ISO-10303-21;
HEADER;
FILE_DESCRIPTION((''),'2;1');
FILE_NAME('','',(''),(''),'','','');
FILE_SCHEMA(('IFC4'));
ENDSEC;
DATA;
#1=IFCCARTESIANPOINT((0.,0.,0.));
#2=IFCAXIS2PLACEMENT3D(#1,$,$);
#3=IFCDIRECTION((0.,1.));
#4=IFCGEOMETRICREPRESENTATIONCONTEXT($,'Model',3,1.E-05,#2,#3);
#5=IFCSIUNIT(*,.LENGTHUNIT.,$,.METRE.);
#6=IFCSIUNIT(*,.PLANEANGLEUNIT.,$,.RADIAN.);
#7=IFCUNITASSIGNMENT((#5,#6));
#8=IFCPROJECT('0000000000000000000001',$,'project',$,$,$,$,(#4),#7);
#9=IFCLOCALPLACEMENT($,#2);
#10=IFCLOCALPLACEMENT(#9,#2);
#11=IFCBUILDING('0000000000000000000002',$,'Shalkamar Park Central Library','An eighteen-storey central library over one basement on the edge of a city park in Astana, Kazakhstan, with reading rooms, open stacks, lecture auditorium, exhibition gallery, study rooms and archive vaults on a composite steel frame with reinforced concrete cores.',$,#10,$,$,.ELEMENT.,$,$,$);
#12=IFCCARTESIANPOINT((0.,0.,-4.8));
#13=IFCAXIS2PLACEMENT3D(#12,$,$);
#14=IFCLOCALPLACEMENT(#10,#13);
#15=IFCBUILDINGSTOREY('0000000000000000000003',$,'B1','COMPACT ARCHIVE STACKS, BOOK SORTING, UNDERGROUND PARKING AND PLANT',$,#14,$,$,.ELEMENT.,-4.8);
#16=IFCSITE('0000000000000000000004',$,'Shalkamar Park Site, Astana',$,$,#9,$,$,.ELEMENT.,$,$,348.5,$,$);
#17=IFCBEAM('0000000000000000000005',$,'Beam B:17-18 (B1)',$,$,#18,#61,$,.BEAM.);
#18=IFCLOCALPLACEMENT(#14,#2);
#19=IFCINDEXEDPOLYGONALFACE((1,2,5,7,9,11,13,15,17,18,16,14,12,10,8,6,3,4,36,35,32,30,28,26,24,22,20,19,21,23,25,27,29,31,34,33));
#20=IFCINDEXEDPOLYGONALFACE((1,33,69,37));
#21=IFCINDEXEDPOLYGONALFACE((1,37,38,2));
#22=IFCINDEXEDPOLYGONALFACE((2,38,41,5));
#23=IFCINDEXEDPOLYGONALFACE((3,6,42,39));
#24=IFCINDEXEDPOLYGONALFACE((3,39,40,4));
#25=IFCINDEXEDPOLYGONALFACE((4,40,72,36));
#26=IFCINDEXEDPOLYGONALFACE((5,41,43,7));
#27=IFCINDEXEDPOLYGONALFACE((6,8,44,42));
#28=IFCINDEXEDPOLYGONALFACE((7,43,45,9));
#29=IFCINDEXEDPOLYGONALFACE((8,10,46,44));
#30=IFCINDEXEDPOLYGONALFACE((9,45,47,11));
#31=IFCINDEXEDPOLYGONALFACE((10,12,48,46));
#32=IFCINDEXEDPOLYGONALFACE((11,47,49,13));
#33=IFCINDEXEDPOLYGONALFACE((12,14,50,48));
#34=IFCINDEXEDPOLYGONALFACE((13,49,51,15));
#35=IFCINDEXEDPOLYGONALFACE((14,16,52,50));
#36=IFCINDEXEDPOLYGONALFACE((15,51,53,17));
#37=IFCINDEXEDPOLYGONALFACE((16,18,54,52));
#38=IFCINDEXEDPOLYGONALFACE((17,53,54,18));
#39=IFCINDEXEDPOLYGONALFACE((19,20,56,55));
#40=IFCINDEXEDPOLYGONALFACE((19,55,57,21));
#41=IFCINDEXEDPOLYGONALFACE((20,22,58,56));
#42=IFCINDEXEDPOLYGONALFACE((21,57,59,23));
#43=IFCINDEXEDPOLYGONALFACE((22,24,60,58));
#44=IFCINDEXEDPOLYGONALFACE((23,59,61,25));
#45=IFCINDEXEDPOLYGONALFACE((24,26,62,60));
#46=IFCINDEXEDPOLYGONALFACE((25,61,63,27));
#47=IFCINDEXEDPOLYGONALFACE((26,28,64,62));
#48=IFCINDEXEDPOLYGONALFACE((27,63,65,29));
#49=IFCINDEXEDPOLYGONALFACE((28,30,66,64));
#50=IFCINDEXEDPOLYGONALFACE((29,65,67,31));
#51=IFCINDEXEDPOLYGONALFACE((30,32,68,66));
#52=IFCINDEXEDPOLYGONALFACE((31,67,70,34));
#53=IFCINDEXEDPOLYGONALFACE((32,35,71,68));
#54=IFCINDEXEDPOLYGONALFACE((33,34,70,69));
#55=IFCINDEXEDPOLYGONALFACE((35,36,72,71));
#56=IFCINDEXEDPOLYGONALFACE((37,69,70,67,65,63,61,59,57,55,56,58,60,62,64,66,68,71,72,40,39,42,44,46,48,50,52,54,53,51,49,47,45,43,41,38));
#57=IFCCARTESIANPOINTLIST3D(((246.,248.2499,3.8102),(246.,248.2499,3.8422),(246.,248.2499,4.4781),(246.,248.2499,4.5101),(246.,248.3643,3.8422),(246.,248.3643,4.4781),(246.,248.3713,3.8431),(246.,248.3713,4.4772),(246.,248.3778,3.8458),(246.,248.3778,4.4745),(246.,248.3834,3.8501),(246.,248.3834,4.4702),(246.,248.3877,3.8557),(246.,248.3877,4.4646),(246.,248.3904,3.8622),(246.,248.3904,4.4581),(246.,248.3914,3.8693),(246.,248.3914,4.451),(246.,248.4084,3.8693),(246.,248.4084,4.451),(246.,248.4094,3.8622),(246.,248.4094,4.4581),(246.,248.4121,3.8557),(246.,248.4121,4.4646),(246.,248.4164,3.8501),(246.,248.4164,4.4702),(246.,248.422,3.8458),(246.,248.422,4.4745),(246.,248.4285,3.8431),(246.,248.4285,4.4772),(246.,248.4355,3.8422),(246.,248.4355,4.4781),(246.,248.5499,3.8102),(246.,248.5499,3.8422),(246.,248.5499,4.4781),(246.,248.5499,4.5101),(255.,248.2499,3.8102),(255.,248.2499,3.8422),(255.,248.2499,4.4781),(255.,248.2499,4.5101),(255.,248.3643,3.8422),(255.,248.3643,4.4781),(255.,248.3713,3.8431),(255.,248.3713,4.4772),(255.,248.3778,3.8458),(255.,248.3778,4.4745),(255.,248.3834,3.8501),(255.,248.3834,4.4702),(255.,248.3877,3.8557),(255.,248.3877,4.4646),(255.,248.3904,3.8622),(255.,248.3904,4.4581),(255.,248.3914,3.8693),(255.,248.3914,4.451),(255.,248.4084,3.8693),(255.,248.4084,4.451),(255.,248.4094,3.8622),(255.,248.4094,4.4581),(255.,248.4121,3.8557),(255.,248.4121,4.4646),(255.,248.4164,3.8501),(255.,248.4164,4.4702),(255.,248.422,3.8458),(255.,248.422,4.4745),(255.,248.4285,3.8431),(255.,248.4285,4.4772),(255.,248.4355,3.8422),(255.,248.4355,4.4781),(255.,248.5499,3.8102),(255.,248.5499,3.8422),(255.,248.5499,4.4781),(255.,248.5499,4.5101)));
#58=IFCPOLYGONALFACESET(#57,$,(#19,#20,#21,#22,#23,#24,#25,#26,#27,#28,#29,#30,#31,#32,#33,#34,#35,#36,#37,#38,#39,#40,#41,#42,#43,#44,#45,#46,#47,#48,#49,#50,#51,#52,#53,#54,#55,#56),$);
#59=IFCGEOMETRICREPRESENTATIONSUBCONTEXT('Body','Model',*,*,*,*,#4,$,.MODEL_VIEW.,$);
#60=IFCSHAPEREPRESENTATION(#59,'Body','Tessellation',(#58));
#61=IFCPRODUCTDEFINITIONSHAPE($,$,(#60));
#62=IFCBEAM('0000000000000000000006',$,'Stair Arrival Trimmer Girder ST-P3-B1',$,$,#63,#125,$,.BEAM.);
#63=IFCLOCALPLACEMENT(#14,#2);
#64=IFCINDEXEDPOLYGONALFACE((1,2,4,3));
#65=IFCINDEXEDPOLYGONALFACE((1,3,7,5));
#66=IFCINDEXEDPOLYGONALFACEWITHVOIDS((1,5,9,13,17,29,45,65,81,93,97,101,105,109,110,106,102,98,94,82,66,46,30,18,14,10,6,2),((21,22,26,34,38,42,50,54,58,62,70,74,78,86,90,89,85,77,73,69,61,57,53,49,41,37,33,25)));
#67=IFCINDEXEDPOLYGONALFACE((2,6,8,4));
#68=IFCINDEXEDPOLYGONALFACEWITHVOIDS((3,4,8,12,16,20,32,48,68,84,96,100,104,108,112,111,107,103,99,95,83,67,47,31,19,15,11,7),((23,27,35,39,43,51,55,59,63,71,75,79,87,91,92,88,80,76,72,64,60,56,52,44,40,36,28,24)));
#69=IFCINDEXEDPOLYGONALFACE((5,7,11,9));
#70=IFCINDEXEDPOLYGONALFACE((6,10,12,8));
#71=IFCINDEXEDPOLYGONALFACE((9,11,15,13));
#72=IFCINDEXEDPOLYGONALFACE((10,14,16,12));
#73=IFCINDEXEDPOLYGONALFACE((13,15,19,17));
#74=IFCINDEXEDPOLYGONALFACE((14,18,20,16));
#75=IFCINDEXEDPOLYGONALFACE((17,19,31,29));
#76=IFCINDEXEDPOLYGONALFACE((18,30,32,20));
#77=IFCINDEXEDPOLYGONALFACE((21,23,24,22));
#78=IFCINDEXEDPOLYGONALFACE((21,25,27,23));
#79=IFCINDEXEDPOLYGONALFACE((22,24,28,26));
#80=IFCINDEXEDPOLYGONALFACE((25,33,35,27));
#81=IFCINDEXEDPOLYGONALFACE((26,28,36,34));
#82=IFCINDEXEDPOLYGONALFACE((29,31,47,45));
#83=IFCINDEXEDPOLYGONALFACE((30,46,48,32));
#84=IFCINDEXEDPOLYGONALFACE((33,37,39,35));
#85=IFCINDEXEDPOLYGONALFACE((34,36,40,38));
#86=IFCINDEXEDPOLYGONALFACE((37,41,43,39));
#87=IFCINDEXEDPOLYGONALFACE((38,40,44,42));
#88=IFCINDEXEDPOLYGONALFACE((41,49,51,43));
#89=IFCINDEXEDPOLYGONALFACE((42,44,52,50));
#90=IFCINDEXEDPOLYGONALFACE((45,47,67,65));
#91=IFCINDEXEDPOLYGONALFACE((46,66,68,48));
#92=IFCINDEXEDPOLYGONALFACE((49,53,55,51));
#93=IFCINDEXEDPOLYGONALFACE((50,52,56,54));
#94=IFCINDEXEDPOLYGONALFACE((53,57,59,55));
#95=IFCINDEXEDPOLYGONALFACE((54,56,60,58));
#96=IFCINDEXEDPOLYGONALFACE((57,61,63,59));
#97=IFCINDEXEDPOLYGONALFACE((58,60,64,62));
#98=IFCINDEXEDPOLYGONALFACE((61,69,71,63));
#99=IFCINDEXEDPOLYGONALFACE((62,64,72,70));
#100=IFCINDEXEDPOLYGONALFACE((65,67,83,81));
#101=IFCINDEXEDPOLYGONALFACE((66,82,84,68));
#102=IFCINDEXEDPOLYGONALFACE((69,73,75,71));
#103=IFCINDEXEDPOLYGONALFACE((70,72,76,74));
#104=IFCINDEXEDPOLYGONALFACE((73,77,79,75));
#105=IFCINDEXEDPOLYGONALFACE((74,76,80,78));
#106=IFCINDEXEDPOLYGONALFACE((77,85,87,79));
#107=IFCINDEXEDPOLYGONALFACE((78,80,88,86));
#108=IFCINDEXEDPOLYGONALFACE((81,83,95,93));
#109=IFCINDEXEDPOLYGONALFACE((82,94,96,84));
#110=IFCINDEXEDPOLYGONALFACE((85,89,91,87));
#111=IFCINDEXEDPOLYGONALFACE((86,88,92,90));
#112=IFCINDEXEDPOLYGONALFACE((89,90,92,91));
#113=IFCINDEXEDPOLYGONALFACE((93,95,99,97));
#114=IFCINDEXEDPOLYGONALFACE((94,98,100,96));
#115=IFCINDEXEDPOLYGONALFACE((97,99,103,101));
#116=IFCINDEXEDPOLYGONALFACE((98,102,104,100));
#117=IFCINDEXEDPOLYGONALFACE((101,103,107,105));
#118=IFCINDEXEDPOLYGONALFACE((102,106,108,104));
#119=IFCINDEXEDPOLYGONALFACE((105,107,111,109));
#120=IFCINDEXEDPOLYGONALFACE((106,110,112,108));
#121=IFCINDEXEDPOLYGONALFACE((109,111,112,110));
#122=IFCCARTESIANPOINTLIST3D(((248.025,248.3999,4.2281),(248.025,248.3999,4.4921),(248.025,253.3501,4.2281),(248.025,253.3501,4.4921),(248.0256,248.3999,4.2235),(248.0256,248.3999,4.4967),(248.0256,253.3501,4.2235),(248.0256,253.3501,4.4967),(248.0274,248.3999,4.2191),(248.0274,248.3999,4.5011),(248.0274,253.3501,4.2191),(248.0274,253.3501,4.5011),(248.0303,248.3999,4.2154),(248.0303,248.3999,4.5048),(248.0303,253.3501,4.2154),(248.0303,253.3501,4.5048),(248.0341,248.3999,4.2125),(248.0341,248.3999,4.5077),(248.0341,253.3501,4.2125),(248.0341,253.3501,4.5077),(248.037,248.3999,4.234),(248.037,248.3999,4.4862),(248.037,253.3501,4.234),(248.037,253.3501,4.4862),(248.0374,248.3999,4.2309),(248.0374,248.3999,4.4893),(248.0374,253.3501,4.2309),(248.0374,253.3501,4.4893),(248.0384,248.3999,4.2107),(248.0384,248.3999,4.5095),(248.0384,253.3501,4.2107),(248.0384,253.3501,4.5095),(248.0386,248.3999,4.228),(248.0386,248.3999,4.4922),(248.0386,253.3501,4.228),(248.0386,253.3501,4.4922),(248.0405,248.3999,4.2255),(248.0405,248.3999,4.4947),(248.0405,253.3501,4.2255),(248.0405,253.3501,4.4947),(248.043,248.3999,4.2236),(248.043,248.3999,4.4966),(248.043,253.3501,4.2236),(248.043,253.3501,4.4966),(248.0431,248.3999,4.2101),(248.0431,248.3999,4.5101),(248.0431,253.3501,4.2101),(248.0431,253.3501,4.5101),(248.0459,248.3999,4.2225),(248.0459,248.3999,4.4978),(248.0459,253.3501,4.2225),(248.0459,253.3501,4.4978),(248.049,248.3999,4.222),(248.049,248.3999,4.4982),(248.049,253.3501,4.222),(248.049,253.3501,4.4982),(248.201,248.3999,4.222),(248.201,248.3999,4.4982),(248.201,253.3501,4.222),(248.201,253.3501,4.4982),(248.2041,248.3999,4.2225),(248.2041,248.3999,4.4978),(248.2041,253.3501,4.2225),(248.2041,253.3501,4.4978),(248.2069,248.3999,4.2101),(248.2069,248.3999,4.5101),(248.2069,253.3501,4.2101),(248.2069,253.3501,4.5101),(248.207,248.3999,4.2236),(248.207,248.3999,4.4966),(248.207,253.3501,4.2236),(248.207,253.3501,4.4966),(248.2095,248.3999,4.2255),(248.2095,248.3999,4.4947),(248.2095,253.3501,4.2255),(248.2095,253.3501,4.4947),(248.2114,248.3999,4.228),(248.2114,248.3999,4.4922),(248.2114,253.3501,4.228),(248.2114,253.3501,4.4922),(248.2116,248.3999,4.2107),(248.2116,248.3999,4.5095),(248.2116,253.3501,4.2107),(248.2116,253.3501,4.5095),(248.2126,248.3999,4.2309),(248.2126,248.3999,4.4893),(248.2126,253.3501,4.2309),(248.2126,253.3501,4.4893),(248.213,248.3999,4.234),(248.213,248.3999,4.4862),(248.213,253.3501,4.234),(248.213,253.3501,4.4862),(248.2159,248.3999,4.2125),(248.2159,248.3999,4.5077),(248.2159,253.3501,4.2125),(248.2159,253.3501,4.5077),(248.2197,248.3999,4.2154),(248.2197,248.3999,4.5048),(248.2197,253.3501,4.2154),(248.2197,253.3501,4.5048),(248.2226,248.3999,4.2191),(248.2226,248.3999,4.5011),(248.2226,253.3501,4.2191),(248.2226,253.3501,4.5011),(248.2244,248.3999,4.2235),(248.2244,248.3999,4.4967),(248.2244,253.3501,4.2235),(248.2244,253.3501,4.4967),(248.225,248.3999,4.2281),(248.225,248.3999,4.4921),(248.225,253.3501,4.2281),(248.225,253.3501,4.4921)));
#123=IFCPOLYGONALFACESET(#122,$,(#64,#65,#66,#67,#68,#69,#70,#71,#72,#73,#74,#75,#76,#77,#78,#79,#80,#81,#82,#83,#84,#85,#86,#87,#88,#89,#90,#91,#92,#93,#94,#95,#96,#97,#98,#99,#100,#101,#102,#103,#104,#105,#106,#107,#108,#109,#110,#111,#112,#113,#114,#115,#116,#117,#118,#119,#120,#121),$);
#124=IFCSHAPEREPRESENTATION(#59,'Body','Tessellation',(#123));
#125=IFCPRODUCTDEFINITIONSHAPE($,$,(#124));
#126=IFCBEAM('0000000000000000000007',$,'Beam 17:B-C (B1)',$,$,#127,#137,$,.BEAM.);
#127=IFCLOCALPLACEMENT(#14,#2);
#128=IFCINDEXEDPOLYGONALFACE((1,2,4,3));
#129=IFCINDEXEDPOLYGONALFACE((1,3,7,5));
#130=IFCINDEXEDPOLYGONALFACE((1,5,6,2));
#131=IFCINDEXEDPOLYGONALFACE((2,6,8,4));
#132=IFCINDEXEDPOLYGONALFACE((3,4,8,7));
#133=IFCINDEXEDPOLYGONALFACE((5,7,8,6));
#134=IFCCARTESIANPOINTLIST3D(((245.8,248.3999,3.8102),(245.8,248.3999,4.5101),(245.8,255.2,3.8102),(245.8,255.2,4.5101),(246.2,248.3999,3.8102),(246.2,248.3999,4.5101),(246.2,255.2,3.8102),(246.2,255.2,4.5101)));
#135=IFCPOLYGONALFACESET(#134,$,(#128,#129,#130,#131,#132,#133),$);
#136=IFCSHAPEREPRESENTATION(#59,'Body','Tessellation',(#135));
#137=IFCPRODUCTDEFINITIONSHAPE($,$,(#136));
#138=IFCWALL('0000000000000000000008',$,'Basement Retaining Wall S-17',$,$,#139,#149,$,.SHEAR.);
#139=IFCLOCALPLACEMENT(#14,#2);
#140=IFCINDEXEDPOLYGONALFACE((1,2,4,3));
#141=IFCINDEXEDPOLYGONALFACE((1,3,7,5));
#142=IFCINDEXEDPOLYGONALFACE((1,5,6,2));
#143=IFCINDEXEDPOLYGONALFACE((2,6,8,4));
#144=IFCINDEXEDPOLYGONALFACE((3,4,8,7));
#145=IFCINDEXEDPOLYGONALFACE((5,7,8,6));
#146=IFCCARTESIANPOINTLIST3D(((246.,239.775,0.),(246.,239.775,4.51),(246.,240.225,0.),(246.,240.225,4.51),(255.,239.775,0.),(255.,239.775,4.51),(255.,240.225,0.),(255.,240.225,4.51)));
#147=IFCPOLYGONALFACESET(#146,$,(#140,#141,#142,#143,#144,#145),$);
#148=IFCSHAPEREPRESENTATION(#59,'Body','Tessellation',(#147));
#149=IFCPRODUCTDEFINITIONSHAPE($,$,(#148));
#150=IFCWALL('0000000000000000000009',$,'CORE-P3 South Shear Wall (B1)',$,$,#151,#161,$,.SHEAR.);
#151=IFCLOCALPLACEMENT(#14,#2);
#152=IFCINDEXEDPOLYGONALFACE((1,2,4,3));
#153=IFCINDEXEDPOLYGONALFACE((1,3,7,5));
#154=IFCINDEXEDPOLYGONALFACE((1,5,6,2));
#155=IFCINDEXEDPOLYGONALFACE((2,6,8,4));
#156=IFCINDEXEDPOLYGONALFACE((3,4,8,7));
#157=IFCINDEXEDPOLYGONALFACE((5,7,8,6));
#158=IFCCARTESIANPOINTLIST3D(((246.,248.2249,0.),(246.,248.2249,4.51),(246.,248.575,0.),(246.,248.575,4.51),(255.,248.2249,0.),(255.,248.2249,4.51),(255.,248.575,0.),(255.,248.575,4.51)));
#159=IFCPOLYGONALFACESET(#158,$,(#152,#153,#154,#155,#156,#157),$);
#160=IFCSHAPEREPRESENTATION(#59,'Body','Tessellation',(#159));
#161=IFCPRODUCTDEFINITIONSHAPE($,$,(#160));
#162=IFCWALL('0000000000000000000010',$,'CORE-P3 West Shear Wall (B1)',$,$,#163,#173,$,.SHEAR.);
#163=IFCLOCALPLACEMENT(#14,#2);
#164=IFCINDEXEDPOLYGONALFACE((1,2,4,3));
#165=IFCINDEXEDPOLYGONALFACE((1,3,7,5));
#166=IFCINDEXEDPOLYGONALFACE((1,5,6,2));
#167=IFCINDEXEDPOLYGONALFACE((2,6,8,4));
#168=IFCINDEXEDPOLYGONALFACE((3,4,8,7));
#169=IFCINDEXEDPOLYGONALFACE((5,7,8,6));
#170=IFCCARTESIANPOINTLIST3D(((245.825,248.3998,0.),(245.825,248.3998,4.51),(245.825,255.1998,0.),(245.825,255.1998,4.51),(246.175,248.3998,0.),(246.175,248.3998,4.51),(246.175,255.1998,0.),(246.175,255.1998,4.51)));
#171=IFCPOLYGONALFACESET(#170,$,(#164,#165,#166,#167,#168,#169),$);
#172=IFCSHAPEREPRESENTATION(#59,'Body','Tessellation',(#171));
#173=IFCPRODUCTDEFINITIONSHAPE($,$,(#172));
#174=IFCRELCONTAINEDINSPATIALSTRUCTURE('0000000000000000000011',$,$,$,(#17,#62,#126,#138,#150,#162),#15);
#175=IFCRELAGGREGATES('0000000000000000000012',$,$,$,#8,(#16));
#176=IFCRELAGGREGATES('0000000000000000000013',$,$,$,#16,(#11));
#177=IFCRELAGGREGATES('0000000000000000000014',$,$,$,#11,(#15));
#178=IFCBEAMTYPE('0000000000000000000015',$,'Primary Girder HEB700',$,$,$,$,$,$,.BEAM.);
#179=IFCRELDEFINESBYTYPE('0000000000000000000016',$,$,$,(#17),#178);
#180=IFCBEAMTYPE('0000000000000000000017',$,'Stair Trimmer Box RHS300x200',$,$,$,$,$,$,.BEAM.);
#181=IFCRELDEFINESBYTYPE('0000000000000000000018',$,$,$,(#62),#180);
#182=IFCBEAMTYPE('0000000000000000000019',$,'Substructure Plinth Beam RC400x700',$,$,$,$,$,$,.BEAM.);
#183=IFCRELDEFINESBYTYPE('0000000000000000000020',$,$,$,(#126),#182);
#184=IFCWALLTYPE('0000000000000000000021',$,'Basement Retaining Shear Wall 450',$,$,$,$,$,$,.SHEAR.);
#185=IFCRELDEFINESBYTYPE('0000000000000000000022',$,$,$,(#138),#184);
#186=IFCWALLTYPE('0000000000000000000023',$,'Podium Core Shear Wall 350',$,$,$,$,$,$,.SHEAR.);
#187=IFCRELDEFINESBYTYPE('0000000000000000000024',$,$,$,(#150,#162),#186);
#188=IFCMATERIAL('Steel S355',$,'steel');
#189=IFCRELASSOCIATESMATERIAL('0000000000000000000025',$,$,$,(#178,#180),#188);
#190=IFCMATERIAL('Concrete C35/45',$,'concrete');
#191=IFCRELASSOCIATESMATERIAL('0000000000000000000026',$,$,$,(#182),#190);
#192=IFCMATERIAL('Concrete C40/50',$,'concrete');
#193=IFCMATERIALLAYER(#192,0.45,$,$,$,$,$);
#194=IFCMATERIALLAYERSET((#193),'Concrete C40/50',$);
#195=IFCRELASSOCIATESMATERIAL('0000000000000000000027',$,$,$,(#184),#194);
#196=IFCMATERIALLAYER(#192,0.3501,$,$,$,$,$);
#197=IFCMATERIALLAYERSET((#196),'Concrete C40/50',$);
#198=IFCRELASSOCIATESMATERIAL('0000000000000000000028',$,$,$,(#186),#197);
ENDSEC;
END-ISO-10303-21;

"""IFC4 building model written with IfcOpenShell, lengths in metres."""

from ifc_helpers import new_model, si_unit, direction, frame, frame_2d, origin, origin_2d, place, context, subcontext, project, spatial, rectangle, hollow_rectangle, i_section, extrude, material, layer, layer_set, material_profile, profile_set, type_object, element, save


model = new_model("IFC4")

# Units and contexts
model_context = context("Model", 3, precision=1e-05, world=origin(), true_north=direction((0.0, 1.0)))
body_context = subcontext(model_context, "Body", "Model", "MODEL_VIEW")
ifc_project = project(units=[si_unit("LENGTHUNIT", "METRE"), si_unit("PLANEANGLEUNIT", "RADIAN")], contexts=[model_context])

# Site, building, storey
site_placement = place(None, origin())
site = spatial("IfcSite", under=ifc_project, at=site_placement, Name="Shalkamar Park Site, Astana", CompositionType="ELEMENT", RefElevation=348.5)
building_placement = place(site_placement, origin())
building = spatial("IfcBuilding", under=site, at=building_placement, Name="Shalkamar Park Central Library", Description="An eighteen-storey central library over one basement on the edge of a city park in Astana, Kazakhstan, with reading rooms, open stacks, lecture auditorium, exhibition gallery, study rooms and archive vaults on a composite steel frame with reinforced concrete cores.", CompositionType="ELEMENT")
storey_placement = place(building_placement, frame((0.0, 0.0, -4.8)))
storey = spatial("IfcBuildingStorey", under=building, at=storey_placement, Name="B1", Description="COMPACT ARCHIVE STACKS, BOOK SORTING, UNDERGROUND PARKING AND PLANT", CompositionType="ELEMENT", Elevation=-4.8)

# Shared definitions
ifc_material_1 = material(Name="Concrete C35/45", Category="concrete")

# Shared definitions
ifc_material_2 = material(Name="Concrete C40/50", Category="concrete")
ifc_material_3 = material(Name="Steel S355", Category="steel")

# Beams
ifc_material_profile_1 = material_profile(ifc_material_3, i_section(OverallWidth=0.3, OverallDepth=0.7, WebThickness=0.0171, FlangeThickness=0.032, FilletRadius=0.0271, at=origin_2d()), Name="HEB 700")
ifc_profile_set_1 = profile_set([ifc_material_profile_1], Name="Steel S355")
beam_type_1 = type_object("IfcBeamType", Name="Primary Girder HEB700", PredefinedType="BEAM", material=ifc_profile_set_1)
for number, where, z_axis, x_axis, name in (
    (1, (246.0, 248.3999, 4.1602), (1.0, 0.0, 0.0), (0.0, 1.0, 0.0), "Beam B:17-18 (B1)"),
):
    element("IfcBeam", number, at=place(storey_placement, frame(where, z_axis=z_axis, x_axis=x_axis)), inside=storey, type_object=beam_type_1, Name=name, PredefinedType="BEAM", context=body_context, shape_type="SweptSolid", body=[
        extrude(i_section(OverallWidth=0.3, OverallDepth=0.7, WebThickness=0.0171, FlangeThickness=0.032, FilletRadius=0.0271, at=origin_2d()), origin(), (0.0, 0.0, 1.0), 9.0),
    ])
ifc_material_profile_2 = material_profile(ifc_material_3, hollow_rectangle(XDim=0.2, YDim=0.3, WallThickness=0.012, InnerFilletRadius=0.012, OuterFilletRadius=0.0181, at=origin_2d()), Name="RHS 300x200x12")
ifc_profile_set_2 = profile_set([ifc_material_profile_2], Name="Steel S355")
beam_type_2 = type_object("IfcBeamType", Name="Stair Trimmer Box RHS300x200", PredefinedType="BEAM", material=ifc_profile_set_2)
beam_1_placement = place(storey_placement, frame((248.125, 248.3999, 4.3601), z_axis=(0.0, 1.0, 0.0), x_axis=(-1.0, 0.0, 0.0)))
element("IfcBeam", 2, at=beam_1_placement, inside=storey, type_object=beam_type_2, Name="Stair Arrival Trimmer Girder ST-P3-B1", PredefinedType="BEAM", context=body_context, shape_type="SweptSolid", body=[
    extrude(hollow_rectangle(XDim=0.2, YDim=0.3, WallThickness=0.012, InnerFilletRadius=0.012, OuterFilletRadius=0.0181, at=origin_2d()), origin(), (0.0, 0.0, 1.0), 4.9502),
])
ifc_material_profile_3 = material_profile(ifc_material_1, rectangle(XDim=0.3999, YDim=0.7, at=origin_2d()), Name="RC 400x700")
ifc_profile_set_3 = profile_set([ifc_material_profile_3], Name="Concrete C35/45")
beam_type_3 = type_object("IfcBeamType", Name="Substructure Plinth Beam RC400x700", PredefinedType="BEAM", material=ifc_profile_set_3)
beam_2_placement = place(storey_placement, frame((246.0, 248.3999, 4.1602), z_axis=(0.0, 1.0, 0.0), x_axis=(-1.0, 0.0, 0.0)))
element("IfcBeam", 3, at=beam_2_placement, inside=storey, type_object=beam_type_3, Name="Beam 17:B-C (B1)", PredefinedType="BEAM", context=body_context, shape_type="SweptSolid", body=[
    extrude(rectangle(XDim=0.3999, YDim=0.7, at=origin_2d()), origin(), (0.0, 0.0, 1.0), 6.8),
])

# Walls
ifc_layer_1 = layer(ifc_material_2, 0.45)
ifc_layer_set_1 = layer_set([ifc_layer_1], Name="Concrete C40/50")
wall_type_1 = type_object("IfcWallType", Name="Basement Retaining Shear Wall 450", PredefinedType="SHEAR", material=ifc_layer_set_1)
wall_1_placement = place(storey_placement, frame((246.0, 240.0, 0.0), z_axis=(0.0, 0.0, 1.0), x_axis=(1.0, 0.0, 0.0)))
element("IfcWall", 4, at=wall_1_placement, inside=storey, type_object=wall_type_1, Name="Basement Retaining Wall S-17", PredefinedType="SHEAR", context=body_context, shape_type="SweptSolid", body=[
    extrude(rectangle(XDim=9.0, YDim=0.45, at=frame_2d((4.5, 0.0))), origin(), (0.0, 0.0, 1.0), 4.51),
])
ifc_layer_2 = layer(ifc_material_2, 0.3501)
ifc_layer_set_2 = layer_set([ifc_layer_2], Name="Concrete C40/50")
wall_type_2 = type_object("IfcWallType", Name="Podium Core Shear Wall 350", PredefinedType="SHEAR", material=ifc_layer_set_2)
wall_2_placement = place(storey_placement, frame((246.0, 248.3999, 0.0), z_axis=(0.0, 0.0, 1.0), x_axis=(1.0, 0.0, 0.0)))
element("IfcWall", 5, at=wall_2_placement, inside=storey, type_object=wall_type_2, Name="CORE-P3 South Shear Wall (B1)", PredefinedType="SHEAR", context=body_context, shape_type="SweptSolid", body=[
    extrude(rectangle(XDim=9.0, YDim=0.3501, at=frame_2d((4.5, 0.0))), origin(), (0.0, 0.0, 1.0), 4.51),
])
wall_3_placement = place(storey_placement, frame((246.0, 248.3999, 0.0), z_axis=(0.0, 0.0, 1.0), x_axis=(0.0, 1.0, 0.0)))
element("IfcWall", 6, at=wall_3_placement, inside=storey, type_object=wall_type_2, Name="CORE-P3 West Shear Wall (B1)", PredefinedType="SHEAR", context=body_context, shape_type="SweptSolid", body=[
    extrude(rectangle(XDim=6.8, YDim=0.3501, at=frame_2d((3.3999, 0.0))), origin(), (0.0, 0.0, 1.0), 4.51),
])

save(model, "model.ifc")
